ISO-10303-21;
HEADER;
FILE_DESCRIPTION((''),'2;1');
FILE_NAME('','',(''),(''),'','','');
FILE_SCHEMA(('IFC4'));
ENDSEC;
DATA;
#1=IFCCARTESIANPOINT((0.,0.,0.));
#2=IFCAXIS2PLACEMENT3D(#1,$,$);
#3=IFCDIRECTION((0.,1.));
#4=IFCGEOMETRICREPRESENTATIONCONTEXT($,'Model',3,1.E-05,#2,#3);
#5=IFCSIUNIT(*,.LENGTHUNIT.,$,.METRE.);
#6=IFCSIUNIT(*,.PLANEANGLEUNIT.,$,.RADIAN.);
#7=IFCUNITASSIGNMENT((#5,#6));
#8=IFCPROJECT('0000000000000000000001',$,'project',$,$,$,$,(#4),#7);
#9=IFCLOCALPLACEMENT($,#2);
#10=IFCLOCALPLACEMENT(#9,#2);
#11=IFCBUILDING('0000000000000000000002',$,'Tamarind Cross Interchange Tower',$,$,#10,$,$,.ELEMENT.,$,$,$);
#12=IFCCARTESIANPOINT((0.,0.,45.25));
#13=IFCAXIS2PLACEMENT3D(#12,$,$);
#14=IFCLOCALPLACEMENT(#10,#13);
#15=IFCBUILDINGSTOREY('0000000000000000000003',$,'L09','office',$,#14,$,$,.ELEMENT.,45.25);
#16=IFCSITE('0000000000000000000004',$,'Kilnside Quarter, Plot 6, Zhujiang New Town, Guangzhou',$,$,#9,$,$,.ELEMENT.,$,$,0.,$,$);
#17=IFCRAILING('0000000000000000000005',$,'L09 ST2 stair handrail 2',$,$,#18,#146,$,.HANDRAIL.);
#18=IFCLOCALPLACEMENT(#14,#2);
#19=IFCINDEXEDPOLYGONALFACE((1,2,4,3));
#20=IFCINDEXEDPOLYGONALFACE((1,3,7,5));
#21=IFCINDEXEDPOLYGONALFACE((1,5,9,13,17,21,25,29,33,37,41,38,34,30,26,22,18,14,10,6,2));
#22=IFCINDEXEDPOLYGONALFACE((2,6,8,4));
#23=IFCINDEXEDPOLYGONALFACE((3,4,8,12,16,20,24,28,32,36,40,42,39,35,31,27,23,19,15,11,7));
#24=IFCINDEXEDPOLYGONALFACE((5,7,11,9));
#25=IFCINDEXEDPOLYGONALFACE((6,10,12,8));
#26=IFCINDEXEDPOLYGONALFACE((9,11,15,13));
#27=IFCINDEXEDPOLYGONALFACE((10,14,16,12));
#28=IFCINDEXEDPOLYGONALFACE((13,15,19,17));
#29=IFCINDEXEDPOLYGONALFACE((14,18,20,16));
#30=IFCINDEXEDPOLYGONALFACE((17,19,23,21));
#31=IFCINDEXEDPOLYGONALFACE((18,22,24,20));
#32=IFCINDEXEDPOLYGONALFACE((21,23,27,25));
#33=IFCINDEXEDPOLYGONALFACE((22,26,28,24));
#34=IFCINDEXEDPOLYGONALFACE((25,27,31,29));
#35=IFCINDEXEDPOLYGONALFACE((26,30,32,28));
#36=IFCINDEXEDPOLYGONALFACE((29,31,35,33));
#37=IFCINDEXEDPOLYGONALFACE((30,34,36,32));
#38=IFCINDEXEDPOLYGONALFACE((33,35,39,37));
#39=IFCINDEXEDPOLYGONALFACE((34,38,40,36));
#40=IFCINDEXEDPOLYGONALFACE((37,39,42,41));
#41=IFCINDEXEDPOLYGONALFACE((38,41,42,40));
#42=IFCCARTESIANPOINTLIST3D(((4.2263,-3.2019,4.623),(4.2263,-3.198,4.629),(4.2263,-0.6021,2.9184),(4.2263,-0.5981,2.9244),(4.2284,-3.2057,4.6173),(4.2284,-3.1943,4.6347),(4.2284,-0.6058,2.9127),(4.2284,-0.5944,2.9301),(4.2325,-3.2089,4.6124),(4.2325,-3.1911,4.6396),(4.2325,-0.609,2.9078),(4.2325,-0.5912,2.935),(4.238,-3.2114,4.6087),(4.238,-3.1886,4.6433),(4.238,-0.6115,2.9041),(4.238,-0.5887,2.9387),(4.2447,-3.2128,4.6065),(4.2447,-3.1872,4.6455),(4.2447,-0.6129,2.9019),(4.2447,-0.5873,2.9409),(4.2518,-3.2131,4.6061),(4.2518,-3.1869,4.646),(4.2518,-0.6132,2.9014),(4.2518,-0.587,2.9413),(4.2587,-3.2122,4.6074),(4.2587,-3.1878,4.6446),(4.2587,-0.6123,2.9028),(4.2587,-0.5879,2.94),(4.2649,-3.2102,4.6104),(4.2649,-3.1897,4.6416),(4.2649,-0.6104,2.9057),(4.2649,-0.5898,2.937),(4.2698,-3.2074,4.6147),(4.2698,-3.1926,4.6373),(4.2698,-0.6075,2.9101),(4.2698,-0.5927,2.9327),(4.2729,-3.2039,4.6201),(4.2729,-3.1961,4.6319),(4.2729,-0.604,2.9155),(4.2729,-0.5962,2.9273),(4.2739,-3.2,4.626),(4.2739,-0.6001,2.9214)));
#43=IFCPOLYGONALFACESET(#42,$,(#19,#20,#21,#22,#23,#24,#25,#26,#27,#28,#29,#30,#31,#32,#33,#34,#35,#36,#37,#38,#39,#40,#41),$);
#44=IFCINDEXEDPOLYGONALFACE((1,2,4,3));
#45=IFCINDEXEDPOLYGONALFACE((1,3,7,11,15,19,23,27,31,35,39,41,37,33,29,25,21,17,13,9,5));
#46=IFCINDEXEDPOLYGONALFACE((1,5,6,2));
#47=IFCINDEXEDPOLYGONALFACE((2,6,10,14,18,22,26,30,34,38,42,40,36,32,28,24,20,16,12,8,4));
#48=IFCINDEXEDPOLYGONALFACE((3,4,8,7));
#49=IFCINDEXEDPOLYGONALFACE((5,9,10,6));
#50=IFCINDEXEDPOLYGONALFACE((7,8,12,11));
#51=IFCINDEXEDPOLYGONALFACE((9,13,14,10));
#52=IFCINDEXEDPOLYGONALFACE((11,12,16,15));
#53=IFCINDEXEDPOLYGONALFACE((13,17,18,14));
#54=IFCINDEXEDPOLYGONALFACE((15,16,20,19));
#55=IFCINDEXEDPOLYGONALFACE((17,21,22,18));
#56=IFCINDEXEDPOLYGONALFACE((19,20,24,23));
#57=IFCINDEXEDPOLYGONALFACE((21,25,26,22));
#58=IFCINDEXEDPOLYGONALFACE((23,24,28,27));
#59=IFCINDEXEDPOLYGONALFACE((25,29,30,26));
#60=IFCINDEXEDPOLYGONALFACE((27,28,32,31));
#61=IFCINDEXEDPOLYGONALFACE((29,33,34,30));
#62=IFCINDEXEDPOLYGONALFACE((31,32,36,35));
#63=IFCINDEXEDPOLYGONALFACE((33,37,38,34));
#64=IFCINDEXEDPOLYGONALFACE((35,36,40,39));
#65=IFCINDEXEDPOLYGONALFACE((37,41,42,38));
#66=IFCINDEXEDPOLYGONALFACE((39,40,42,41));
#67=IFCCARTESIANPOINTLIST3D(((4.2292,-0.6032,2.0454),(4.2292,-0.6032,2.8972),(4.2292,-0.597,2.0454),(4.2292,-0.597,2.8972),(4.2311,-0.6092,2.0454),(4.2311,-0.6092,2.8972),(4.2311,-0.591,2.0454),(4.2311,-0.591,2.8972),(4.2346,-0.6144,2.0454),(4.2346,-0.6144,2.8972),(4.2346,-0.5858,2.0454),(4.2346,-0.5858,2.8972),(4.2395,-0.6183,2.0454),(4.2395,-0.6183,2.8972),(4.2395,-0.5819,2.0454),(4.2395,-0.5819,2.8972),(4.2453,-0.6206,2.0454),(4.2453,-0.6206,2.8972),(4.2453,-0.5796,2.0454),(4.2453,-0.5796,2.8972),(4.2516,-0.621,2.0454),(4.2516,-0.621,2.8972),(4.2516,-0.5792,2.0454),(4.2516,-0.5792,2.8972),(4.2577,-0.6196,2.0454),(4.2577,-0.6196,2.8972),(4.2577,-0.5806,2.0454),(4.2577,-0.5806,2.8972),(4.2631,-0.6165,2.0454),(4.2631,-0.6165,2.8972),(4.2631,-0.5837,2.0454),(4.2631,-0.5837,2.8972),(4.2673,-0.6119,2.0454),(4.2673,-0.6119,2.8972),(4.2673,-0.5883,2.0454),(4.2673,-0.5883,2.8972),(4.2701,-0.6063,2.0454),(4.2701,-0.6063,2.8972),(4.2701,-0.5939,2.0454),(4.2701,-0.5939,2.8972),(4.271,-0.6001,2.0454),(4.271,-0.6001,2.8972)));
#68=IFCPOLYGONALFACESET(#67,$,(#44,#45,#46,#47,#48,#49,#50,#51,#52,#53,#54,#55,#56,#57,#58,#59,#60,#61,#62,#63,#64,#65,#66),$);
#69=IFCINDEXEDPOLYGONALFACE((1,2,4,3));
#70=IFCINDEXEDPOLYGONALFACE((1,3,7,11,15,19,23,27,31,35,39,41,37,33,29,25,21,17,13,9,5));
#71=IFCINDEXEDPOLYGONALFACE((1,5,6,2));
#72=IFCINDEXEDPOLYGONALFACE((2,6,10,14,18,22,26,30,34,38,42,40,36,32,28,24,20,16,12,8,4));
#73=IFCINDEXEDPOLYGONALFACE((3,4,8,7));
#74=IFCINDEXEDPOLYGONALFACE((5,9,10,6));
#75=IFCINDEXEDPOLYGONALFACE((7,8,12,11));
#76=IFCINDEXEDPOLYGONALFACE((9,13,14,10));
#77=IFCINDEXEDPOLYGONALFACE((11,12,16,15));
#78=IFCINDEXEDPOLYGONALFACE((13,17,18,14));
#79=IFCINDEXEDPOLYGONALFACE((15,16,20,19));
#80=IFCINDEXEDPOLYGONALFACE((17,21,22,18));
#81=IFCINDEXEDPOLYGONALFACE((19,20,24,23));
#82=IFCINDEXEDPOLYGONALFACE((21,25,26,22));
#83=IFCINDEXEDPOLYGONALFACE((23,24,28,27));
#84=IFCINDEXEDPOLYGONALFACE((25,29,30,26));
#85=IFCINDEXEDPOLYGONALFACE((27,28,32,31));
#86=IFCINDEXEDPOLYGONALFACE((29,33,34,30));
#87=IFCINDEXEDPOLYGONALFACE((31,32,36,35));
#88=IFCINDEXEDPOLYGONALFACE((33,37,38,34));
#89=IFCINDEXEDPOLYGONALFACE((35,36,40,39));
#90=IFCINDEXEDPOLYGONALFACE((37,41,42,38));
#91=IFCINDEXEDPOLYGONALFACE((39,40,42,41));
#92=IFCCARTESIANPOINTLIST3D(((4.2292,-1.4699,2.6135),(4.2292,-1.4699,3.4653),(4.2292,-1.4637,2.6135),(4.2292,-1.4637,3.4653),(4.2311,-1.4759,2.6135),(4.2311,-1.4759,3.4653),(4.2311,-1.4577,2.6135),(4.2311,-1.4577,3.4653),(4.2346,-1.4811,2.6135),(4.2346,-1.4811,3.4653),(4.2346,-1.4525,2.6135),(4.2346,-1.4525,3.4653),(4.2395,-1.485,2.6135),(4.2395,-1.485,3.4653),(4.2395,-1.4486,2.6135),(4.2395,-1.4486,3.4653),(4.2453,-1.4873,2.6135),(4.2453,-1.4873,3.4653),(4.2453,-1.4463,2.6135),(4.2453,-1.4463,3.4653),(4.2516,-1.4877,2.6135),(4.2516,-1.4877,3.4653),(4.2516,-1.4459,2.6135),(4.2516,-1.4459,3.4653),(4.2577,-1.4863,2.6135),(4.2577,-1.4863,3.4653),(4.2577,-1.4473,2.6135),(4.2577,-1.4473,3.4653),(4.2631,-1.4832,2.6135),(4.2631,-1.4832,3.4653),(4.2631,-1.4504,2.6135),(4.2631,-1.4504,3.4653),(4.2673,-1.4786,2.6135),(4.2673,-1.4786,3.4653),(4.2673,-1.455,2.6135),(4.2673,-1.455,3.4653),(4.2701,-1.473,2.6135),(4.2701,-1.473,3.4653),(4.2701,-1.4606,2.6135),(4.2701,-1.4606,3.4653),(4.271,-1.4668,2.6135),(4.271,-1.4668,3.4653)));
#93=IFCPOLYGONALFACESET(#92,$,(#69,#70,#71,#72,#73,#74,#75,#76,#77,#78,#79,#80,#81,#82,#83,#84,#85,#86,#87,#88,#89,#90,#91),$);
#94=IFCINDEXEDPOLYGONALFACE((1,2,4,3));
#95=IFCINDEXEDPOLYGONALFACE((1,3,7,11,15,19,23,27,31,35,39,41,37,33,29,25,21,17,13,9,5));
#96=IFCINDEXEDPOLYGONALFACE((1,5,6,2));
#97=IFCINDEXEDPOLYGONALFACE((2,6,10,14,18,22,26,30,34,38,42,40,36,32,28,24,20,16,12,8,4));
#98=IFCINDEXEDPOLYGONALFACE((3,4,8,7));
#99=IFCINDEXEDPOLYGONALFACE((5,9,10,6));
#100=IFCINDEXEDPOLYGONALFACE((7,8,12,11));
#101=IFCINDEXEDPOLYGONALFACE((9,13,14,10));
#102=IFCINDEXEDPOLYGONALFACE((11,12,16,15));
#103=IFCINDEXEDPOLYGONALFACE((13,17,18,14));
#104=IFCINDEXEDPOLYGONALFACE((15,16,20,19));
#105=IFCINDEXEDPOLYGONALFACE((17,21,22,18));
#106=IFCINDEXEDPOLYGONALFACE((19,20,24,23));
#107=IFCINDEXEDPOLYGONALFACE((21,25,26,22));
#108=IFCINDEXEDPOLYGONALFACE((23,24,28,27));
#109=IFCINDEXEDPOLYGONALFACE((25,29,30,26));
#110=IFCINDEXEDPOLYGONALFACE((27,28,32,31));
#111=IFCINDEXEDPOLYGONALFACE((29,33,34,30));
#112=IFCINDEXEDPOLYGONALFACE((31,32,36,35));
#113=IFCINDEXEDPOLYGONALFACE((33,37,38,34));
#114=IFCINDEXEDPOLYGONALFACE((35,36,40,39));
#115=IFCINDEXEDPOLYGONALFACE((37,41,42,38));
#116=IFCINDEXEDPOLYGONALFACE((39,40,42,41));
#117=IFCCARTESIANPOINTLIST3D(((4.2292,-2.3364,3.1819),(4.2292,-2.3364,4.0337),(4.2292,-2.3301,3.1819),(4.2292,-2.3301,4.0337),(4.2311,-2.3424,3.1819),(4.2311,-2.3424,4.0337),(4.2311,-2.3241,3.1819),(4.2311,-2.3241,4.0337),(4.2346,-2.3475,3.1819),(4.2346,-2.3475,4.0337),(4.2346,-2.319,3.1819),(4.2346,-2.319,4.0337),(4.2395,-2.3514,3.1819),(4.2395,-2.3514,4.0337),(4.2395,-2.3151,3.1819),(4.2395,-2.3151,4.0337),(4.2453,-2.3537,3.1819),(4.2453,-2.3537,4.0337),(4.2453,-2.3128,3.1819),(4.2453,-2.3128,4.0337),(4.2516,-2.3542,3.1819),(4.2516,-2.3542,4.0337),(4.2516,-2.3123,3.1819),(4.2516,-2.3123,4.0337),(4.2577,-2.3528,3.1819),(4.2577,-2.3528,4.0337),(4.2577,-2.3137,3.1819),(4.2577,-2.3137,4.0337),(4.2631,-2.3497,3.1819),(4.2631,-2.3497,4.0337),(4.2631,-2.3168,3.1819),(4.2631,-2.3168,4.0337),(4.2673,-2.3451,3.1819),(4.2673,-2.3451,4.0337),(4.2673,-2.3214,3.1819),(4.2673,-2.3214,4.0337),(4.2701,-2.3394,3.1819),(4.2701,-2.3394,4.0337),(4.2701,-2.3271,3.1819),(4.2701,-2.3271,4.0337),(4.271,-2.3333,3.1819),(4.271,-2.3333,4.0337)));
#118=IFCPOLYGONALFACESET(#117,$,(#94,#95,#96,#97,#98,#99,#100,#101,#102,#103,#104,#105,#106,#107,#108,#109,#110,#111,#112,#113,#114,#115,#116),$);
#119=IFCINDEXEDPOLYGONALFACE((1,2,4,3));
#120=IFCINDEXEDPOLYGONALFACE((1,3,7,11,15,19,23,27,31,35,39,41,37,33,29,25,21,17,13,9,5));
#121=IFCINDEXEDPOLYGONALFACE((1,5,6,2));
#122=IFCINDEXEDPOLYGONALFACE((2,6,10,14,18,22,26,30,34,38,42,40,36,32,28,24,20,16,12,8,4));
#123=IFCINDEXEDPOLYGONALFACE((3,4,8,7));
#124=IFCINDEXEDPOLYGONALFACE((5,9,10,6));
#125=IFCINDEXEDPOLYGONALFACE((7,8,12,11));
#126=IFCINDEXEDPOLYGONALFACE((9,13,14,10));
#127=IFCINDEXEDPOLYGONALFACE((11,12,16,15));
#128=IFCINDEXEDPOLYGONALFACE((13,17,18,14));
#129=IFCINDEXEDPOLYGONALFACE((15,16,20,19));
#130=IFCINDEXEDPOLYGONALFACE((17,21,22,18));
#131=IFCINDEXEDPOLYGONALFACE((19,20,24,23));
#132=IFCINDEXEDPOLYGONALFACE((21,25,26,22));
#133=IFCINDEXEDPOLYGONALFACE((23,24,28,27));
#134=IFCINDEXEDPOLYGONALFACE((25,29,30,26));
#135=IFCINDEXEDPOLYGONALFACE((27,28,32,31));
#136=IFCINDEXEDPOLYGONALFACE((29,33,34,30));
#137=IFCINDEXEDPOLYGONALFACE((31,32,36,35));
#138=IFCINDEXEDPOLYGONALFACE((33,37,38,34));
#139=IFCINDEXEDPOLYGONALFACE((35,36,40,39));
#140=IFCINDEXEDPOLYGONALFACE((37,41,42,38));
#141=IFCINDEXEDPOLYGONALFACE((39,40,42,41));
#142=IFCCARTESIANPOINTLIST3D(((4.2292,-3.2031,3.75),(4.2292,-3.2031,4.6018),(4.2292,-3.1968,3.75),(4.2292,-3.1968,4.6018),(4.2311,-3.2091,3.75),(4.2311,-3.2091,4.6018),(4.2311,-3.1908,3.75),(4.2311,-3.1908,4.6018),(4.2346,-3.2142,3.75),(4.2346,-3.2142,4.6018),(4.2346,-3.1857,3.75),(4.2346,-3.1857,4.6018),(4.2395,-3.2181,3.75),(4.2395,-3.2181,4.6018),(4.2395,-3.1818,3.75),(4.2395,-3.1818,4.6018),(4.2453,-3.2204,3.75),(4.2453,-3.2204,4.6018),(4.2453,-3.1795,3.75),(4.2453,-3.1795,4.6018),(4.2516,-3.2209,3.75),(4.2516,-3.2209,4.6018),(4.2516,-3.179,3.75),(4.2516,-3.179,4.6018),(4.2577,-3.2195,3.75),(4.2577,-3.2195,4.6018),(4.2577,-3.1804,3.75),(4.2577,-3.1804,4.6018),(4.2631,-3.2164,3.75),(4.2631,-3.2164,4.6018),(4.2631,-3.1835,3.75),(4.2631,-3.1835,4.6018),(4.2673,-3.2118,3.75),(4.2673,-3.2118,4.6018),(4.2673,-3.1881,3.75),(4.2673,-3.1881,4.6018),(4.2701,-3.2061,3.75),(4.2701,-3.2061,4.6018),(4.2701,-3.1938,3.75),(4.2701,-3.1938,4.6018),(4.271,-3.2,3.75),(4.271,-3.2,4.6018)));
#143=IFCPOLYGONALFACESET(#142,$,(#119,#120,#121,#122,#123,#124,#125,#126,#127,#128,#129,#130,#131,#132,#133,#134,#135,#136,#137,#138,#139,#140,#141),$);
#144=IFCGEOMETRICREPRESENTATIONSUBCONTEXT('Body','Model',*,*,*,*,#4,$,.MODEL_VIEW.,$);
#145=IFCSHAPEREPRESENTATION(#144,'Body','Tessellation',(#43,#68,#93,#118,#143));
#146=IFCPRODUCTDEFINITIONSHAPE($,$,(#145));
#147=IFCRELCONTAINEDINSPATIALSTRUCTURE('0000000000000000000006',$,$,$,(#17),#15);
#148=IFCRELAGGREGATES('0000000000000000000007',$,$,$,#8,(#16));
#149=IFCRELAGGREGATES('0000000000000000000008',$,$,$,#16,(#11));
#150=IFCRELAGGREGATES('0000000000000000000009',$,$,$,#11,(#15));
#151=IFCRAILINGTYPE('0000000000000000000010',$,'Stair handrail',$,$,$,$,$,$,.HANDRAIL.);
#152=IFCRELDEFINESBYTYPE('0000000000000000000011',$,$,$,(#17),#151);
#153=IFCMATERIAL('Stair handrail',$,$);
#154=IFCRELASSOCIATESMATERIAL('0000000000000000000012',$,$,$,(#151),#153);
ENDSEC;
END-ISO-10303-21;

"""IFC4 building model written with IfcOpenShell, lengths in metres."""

from ifc_helpers import new_model, si_unit, direction, frame, origin, origin_2d, place, context, subcontext, project, spatial, circle, extrude, material, type_object, element, save


model = new_model("IFC4")

# Units and contexts
model_context = context("Model", 3, precision=1e-05, world=origin(), true_north=direction((0.0, 1.0)))
body_context = subcontext(model_context, "Body", "Model", "MODEL_VIEW")
ifc_project = project(units=[si_unit("LENGTHUNIT", "METRE"), si_unit("PLANEANGLEUNIT", "RADIAN")], contexts=[model_context])

# Site, building, storey
site_placement = place(None, origin())
site = spatial("IfcSite", under=ifc_project, at=site_placement, Name="Kilnside Quarter, Plot 6, Zhujiang New Town, Guangzhou", CompositionType="ELEMENT", RefElevation=0.0)
building_placement = place(site_placement, origin())
building = spatial("IfcBuilding", under=site, at=building_placement, Name="Tamarind Cross Interchange Tower", CompositionType="ELEMENT")
storey_placement = place(building_placement, frame((0.0, 0.0, 45.25)))
storey = spatial("IfcBuildingStorey", under=building, at=storey_placement, Name="L09", Description="office", CompositionType="ELEMENT", Elevation=45.25)

# Railing
ifc_material_1 = material(Name="Stair handrail")
railing_type_1 = type_object("IfcRailingType", Name="Stair handrail", PredefinedType="HANDRAIL", material=ifc_material_1)
railing_1_placement = place(storey_placement, frame((4.25, -0.6001, 2.0454)))
element("IfcRailing", 1, at=railing_1_placement, inside=storey, type_object=railing_type_1, Name="L09 ST2 stair handrail 2", PredefinedType="HANDRAIL", context=body_context, shape_type="SweptSolid", body=[
    extrude(circle(Radius=0.0239, at=origin_2d()), frame((0.0, 0.0, 0.876), z_axis=(0.0, -0.836279, 0.548305), x_axis=(1.0, 0.0, 0.0)), (0.0, 0.0, 1.0), 3.1089),
    extrude(circle(Radius=0.021, at=origin_2d()), origin(), (0.0, 0.0, 1.0), 0.8518),
    extrude(circle(Radius=0.021, at=origin_2d()), frame((0.0, -0.8667, 0.5681)), (0.0, 0.0, 1.0), 0.8518),
    extrude(circle(Radius=0.021, at=origin_2d()), frame((0.0, -1.7332, 1.1365)), (0.0, 0.0, 1.0), 0.8518),
    extrude(circle(Radius=0.021, at=origin_2d()), frame((0.0, -2.5999, 1.7046)), (0.0, 0.0, 1.0), 0.8518),
])

save(model, "model.ifc")
